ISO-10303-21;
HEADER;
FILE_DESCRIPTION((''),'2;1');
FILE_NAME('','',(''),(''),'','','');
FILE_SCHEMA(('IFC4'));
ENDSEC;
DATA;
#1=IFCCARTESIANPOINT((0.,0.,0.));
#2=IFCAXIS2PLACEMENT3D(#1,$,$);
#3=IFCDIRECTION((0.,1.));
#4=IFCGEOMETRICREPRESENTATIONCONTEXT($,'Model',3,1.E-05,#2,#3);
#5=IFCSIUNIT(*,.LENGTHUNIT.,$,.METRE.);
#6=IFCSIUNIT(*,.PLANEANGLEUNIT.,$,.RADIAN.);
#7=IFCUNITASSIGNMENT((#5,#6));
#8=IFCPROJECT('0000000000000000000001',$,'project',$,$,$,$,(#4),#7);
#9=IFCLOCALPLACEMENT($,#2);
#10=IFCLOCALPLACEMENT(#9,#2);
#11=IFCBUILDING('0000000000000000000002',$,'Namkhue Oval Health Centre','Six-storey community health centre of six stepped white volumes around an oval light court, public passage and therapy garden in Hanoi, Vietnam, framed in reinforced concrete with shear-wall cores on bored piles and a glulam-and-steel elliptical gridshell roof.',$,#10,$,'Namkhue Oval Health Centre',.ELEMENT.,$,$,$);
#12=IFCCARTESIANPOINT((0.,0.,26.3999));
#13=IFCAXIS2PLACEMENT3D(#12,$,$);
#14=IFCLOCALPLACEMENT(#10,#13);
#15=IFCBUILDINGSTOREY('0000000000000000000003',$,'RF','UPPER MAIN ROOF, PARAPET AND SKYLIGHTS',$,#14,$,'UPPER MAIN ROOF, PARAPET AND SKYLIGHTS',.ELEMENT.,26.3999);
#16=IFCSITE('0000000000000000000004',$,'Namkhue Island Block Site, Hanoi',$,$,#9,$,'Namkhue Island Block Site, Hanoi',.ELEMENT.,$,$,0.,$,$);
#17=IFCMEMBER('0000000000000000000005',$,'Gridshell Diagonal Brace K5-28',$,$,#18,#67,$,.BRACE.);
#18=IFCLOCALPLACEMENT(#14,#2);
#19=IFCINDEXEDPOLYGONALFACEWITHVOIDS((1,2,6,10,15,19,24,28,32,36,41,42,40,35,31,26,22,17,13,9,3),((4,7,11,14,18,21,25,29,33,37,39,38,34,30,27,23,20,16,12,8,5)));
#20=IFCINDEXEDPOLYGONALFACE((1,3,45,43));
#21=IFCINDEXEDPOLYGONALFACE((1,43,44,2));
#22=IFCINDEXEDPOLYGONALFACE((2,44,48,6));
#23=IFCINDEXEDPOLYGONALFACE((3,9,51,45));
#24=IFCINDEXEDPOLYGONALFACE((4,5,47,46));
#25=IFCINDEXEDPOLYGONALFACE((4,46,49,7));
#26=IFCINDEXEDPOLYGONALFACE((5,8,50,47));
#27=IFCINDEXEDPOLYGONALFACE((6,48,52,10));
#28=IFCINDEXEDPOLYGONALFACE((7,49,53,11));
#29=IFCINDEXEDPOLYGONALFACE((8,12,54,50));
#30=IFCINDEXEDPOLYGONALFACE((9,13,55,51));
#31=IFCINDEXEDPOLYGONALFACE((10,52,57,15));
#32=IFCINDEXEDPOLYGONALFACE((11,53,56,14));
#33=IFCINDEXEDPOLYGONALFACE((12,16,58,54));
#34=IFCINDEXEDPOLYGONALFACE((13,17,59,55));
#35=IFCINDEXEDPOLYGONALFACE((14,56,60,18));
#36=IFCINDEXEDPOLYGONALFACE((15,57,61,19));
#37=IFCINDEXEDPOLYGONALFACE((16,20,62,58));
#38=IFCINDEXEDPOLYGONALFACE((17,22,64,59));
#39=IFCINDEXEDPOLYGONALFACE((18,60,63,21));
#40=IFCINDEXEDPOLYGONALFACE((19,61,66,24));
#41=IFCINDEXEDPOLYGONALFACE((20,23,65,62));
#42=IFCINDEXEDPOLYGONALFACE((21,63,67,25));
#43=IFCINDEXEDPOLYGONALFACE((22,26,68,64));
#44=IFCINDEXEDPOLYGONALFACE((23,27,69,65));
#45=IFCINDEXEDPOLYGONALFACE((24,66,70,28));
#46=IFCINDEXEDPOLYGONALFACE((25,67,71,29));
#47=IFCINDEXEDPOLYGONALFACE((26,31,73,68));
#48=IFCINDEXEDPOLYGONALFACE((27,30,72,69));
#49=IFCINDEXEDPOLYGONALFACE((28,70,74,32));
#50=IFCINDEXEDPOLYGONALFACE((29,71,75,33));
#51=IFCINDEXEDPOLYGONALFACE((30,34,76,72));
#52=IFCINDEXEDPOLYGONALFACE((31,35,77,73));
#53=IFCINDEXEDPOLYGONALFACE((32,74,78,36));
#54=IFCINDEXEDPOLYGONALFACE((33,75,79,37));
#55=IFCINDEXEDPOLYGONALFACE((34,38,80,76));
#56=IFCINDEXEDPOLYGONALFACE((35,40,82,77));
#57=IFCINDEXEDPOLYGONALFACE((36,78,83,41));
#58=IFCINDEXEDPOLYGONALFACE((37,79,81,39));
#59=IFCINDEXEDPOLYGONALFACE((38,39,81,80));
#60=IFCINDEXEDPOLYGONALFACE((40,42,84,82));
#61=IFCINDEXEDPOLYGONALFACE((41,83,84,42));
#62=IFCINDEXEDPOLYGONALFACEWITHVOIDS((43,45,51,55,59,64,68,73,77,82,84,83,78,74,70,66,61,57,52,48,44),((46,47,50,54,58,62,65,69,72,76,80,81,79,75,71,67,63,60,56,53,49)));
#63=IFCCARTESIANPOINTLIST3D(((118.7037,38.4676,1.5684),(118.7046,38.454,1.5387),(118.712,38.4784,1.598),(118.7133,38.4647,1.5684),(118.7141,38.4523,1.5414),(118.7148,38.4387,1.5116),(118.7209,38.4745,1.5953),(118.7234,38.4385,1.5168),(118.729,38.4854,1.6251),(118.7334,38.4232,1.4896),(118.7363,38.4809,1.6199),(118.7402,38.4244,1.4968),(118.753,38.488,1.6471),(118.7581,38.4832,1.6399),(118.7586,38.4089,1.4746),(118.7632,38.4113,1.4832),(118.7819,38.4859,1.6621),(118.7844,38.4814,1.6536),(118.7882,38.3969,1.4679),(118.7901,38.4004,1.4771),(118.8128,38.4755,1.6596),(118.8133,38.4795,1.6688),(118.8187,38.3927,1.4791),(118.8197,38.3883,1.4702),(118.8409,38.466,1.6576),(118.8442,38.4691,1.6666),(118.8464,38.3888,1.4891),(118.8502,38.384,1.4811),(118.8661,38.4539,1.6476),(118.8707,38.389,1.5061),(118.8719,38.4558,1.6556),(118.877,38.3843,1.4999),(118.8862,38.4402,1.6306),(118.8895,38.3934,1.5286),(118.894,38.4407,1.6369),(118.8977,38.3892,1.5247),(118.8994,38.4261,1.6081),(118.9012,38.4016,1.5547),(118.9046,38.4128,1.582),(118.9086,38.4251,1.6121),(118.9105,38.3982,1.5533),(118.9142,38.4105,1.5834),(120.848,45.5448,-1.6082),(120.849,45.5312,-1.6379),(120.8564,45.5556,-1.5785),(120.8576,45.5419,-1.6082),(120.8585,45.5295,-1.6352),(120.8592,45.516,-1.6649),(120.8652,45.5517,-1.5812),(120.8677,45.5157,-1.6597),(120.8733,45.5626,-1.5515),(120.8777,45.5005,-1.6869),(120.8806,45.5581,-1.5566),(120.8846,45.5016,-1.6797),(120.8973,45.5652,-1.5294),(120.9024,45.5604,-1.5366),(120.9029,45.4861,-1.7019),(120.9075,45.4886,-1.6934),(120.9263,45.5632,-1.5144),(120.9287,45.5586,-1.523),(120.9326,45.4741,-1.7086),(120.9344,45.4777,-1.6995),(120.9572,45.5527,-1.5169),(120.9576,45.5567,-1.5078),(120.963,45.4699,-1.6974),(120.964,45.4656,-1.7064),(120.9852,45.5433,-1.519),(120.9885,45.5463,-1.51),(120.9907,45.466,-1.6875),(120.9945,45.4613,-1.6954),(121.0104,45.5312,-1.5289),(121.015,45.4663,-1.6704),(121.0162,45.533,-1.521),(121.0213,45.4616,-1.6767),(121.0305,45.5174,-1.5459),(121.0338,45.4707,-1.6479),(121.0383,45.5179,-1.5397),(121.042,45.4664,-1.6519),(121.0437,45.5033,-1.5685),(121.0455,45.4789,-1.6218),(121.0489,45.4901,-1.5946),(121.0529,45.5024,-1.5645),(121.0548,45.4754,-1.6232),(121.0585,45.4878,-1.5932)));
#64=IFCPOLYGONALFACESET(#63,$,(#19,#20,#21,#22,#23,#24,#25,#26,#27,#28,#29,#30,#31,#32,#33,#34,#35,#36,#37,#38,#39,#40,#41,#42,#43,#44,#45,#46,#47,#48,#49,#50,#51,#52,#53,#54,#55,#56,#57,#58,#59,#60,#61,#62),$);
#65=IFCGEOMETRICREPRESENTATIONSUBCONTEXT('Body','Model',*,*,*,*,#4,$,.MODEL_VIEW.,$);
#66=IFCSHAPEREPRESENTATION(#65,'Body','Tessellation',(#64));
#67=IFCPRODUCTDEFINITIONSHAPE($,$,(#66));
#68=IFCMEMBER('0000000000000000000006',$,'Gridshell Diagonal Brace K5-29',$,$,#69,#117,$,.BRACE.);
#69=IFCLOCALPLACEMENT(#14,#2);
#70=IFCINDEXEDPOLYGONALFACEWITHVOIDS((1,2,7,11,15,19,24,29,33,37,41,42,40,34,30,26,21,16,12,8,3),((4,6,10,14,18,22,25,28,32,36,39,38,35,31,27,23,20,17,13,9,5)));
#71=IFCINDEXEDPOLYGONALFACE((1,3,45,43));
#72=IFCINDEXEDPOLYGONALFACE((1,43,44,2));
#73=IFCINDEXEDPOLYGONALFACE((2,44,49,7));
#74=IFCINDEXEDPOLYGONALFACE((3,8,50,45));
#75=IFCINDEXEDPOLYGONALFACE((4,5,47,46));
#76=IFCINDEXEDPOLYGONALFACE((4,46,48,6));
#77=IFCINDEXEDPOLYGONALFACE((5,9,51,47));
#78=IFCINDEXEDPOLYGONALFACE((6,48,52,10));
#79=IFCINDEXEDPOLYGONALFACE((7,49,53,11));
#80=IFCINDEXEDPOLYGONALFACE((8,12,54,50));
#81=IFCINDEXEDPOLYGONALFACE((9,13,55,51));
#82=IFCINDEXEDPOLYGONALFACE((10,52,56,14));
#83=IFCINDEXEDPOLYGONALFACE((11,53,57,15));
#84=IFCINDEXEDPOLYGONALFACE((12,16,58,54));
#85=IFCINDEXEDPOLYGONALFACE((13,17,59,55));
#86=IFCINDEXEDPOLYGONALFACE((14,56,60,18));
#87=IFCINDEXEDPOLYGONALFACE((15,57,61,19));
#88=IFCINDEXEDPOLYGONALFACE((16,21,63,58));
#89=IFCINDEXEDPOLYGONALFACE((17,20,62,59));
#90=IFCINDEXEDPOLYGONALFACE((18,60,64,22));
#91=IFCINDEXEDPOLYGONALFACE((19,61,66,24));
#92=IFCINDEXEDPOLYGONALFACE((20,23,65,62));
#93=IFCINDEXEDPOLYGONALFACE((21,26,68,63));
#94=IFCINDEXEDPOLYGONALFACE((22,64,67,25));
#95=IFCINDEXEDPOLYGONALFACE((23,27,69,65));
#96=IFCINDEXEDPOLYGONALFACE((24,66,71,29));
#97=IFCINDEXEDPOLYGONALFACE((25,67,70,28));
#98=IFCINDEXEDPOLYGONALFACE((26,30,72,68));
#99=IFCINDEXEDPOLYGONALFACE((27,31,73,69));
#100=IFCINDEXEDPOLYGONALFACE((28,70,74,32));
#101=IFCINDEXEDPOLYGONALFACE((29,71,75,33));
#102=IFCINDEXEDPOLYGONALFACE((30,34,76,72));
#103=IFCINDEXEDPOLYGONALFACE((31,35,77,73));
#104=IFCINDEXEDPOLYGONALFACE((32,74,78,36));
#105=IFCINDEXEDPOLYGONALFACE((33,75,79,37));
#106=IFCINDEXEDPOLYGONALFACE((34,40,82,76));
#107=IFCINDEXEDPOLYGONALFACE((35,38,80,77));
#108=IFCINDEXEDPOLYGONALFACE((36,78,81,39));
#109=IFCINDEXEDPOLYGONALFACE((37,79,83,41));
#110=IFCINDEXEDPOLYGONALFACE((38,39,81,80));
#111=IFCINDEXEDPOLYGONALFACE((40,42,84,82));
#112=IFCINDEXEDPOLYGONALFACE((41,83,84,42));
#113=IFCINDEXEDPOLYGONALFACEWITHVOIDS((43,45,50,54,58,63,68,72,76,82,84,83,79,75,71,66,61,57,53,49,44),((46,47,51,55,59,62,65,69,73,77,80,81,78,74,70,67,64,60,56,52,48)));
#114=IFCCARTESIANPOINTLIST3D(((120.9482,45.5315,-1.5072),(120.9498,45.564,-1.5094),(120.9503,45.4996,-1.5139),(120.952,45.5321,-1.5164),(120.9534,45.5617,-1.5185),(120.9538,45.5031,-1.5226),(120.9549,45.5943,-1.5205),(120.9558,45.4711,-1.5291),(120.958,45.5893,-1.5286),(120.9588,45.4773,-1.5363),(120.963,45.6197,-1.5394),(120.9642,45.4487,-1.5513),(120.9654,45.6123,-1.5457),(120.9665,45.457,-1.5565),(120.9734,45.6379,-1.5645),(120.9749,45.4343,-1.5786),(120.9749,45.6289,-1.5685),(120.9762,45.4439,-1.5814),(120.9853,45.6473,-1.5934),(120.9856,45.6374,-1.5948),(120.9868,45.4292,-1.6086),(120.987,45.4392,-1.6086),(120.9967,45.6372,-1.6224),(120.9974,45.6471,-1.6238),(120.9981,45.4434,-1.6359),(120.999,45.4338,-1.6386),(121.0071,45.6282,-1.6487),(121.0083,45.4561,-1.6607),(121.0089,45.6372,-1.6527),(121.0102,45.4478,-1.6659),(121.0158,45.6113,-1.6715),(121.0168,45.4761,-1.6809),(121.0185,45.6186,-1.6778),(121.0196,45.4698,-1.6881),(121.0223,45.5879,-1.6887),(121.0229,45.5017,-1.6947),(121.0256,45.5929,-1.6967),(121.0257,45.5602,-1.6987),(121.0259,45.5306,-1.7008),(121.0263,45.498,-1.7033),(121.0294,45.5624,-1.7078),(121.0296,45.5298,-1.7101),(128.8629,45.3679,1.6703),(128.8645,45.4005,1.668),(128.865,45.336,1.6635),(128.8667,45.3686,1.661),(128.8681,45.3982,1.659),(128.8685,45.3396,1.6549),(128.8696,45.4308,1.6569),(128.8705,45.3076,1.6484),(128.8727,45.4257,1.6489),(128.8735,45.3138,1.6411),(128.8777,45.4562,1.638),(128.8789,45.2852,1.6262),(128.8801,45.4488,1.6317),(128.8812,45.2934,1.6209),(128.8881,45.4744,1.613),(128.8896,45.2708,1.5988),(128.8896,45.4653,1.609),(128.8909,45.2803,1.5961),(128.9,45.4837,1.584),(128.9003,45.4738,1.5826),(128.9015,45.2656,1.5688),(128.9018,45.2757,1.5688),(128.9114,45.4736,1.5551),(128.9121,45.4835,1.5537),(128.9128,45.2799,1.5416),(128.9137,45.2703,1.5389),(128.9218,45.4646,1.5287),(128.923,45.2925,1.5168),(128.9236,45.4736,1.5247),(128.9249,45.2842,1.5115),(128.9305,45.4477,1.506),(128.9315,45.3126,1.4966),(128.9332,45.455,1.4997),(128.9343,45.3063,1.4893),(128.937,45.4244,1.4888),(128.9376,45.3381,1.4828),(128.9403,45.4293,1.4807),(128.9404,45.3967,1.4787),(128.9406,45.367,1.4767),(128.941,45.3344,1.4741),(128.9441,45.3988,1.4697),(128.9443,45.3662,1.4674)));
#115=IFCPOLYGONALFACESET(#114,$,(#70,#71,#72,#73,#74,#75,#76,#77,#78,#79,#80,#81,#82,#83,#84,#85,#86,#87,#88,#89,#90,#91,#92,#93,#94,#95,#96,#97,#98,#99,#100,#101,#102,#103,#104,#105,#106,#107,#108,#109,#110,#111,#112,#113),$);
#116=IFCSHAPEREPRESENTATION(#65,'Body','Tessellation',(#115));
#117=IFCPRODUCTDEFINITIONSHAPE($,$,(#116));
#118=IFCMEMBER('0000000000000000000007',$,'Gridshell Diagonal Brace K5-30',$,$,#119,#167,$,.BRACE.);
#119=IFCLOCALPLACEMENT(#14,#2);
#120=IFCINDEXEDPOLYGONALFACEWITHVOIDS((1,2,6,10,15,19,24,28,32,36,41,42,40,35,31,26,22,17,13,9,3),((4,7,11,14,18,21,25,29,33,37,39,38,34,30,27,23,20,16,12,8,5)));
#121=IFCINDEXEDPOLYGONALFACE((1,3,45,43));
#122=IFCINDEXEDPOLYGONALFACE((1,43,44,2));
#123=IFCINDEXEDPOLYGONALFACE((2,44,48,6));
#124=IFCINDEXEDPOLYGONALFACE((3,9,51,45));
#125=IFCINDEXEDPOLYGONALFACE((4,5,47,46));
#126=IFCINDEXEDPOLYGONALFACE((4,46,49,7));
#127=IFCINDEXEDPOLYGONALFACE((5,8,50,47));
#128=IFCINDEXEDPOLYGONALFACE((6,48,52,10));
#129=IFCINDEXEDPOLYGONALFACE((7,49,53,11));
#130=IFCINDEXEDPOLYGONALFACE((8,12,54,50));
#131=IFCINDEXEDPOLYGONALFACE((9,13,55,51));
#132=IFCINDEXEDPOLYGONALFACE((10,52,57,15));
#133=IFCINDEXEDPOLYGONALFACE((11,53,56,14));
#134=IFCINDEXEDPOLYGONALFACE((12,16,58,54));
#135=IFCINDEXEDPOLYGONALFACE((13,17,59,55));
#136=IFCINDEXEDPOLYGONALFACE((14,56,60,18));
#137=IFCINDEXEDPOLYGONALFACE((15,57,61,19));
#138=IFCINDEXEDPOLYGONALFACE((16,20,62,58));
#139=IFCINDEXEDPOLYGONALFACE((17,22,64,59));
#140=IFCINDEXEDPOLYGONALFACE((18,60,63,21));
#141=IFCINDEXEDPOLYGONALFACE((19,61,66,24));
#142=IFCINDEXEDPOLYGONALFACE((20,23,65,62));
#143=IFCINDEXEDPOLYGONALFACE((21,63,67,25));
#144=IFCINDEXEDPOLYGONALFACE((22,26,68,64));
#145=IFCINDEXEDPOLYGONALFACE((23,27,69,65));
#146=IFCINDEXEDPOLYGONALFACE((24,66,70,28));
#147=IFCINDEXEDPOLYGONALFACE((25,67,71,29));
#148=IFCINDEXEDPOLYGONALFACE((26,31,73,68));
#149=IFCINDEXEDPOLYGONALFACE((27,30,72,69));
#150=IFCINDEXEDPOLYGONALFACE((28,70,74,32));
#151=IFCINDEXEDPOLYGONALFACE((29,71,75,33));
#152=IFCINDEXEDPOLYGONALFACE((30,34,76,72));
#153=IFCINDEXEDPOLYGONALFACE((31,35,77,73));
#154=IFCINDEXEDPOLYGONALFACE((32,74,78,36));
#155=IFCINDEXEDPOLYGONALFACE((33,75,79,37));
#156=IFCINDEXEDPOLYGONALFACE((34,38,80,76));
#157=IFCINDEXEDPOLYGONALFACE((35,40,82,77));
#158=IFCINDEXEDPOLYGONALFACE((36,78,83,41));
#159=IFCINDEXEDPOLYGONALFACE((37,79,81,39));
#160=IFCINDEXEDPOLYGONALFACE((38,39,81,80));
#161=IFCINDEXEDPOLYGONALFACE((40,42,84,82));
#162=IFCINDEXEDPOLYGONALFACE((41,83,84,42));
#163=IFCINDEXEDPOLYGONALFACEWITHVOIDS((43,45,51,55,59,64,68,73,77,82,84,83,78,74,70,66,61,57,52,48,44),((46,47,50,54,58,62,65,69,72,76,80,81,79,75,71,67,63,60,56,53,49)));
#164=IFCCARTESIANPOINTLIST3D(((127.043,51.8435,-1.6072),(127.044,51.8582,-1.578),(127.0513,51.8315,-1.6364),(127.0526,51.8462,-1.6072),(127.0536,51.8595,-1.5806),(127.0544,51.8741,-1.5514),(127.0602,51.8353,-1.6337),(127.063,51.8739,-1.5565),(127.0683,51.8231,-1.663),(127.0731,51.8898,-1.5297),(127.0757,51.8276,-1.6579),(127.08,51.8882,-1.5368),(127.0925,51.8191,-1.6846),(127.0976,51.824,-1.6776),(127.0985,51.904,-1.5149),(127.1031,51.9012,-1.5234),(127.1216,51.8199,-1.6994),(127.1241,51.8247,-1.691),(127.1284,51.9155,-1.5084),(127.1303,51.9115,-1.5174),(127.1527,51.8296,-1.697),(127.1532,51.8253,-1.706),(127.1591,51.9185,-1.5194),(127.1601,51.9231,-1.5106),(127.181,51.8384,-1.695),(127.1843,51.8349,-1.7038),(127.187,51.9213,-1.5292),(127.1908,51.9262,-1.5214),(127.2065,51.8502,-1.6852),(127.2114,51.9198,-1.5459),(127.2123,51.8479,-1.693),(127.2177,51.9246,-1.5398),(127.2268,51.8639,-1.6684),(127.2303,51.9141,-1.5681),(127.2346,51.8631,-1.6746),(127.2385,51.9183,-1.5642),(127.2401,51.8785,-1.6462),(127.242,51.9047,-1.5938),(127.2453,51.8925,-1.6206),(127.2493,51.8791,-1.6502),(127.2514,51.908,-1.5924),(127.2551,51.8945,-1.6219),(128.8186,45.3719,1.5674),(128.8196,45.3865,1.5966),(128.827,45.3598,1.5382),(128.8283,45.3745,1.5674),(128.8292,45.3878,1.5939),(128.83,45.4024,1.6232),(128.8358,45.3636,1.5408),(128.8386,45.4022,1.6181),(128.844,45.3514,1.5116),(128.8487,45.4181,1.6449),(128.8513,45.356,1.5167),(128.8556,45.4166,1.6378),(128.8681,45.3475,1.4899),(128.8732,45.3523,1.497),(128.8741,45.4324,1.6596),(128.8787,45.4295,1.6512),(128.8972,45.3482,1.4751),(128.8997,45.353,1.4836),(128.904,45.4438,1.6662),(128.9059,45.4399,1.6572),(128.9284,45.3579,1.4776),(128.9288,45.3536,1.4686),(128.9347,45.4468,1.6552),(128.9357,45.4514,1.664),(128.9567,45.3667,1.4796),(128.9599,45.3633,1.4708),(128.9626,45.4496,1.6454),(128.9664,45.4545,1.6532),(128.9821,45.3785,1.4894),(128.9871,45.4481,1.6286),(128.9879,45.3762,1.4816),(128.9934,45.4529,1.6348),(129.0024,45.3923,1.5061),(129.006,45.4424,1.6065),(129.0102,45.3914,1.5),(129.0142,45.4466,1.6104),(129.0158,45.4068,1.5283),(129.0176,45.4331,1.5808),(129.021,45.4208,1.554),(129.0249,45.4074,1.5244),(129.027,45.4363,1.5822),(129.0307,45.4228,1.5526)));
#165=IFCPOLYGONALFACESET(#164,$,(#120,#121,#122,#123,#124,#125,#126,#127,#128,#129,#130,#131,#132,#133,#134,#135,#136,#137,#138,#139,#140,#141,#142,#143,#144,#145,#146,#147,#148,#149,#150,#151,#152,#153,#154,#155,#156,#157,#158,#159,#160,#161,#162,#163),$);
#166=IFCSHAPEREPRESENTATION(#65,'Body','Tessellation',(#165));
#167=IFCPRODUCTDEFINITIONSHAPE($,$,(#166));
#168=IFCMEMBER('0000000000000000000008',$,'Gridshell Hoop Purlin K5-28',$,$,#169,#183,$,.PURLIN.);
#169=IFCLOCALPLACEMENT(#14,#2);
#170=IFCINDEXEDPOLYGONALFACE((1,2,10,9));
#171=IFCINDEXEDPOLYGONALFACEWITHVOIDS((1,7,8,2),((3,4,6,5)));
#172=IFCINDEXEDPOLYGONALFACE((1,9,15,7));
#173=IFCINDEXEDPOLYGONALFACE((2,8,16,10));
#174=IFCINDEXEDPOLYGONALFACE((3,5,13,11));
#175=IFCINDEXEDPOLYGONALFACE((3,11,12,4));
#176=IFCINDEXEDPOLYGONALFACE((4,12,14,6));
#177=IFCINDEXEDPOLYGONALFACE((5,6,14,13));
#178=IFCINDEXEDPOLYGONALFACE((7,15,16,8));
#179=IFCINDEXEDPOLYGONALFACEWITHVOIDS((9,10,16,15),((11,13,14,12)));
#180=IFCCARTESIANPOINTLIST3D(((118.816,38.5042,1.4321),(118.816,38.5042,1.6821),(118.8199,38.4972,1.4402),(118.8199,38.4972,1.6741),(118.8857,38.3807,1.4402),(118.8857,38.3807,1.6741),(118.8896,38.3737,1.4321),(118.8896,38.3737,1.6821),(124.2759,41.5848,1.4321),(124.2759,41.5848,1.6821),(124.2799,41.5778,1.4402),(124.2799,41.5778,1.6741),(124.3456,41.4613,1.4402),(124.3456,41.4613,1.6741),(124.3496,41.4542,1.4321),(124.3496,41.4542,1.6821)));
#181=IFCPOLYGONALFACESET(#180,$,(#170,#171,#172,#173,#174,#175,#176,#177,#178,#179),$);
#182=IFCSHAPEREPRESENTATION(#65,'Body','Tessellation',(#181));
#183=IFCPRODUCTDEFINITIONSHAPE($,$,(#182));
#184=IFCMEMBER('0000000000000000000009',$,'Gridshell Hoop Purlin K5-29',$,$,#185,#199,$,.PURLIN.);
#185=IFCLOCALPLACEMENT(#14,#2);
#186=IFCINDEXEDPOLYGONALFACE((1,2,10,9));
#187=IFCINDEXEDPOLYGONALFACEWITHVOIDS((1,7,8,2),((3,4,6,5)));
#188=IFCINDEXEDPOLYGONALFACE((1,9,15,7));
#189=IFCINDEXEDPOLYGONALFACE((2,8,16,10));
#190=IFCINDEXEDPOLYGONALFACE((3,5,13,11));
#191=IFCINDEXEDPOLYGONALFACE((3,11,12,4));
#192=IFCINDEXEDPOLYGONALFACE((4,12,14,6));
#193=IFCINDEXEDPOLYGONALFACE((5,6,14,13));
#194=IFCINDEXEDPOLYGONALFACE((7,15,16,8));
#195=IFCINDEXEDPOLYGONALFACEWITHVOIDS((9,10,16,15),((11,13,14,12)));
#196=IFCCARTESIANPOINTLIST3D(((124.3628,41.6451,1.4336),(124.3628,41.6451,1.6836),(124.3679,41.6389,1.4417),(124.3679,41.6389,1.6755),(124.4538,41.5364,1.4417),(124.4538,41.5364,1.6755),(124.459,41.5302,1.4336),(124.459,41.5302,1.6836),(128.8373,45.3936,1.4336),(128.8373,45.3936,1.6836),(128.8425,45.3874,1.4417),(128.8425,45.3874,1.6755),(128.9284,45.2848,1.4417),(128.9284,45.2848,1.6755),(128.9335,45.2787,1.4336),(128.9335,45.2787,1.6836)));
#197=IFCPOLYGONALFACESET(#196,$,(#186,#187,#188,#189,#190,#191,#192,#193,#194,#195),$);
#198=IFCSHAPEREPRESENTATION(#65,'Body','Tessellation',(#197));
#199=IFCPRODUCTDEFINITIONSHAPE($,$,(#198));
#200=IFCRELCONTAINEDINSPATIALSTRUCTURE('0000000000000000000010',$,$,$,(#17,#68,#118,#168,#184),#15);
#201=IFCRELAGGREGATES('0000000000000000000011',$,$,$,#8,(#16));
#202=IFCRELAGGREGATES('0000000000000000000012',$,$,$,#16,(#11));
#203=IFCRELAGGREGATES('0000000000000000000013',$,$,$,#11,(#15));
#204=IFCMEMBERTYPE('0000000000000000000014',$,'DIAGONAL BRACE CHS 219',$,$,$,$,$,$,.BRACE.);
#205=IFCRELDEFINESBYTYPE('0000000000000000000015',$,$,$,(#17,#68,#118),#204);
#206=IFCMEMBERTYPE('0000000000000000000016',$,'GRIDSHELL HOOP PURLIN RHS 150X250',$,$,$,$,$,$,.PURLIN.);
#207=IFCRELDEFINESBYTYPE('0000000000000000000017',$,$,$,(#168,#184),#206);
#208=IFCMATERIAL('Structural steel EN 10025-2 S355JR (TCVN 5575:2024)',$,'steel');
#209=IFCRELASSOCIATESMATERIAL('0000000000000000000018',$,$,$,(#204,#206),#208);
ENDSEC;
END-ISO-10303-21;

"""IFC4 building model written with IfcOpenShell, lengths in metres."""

from ifc_helpers import new_model, si_unit, direction, frame, origin, origin_2d, place, context, subcontext, project, spatial, hollow_rectangle, hollow_circle, extrude, material, material_profile, profile_set, type_object, element, save


model = new_model("IFC4")

# Units and contexts
model_context = context("Model", 3, precision=1e-05, world=origin(), true_north=direction((0.0, 1.0)))
body_context = subcontext(model_context, "Body", "Model", "MODEL_VIEW")
ifc_project = project(units=[si_unit("LENGTHUNIT", "METRE"), si_unit("PLANEANGLEUNIT", "RADIAN")], contexts=[model_context])

# Site, building, storey
site_placement = place(None, origin())
site = spatial("IfcSite", under=ifc_project, at=site_placement, Name="Namkhue Island Block Site, Hanoi", LongName="Namkhue Island Block Site, Hanoi", CompositionType="ELEMENT", RefElevation=0.0)
building_placement = place(site_placement, origin())
building = spatial("IfcBuilding", under=site, at=building_placement, Name="Namkhue Oval Health Centre", Description="Six-storey community health centre of six stepped white volumes around an oval light court, public passage and therapy garden in Hanoi, Vietnam, framed in reinforced concrete with shear-wall cores on bored piles and a glulam-and-steel elliptical gridshell roof.", LongName="Namkhue Oval Health Centre", CompositionType="ELEMENT")
storey_placement = place(building_placement, frame((0.0, 0.0, 26.3999)))
storey = spatial("IfcBuildingStorey", under=building, at=storey_placement, Name="RF", Description="UPPER MAIN ROOF, PARAPET AND SKYLIGHTS", LongName="UPPER MAIN ROOF, PARAPET AND SKYLIGHTS", CompositionType="ELEMENT", Elevation=26.3999)

# Members
ifc_material_1 = material(Name="Structural steel EN 10025-2 S355JR (TCVN 5575:2024)", Category="steel")
ifc_material_profile_1 = material_profile(ifc_material_1, hollow_circle(Radius=0.1096, WallThickness=0.01, at=origin_2d()), Name="CHS 219.1x10")
ifc_profile_set_1 = profile_set([ifc_material_profile_1], Name="Structural steel EN 10025-2 S355JR (TCVN 5575:2024)")
member_type_1 = type_object("IfcMemberType", Name="DIAGONAL BRACE CHS 219", PredefinedType="BRACE", material=ifc_profile_set_1)
member_1_placement = place(storey_placement, frame((118.8086, 38.4358, 1.5684), z_axis=(0.266429, 0.879341, -0.394684), x_axis=(-0.957036, 0.28997, 0.0)))
element("IfcMember", 1, at=member_1_placement, inside=storey, type_object=member_type_1, Name="Gridshell Diagonal Brace K5-28", PredefinedType="BRACE", context=body_context, shape_type="SweptSolid", body=[
    extrude(hollow_circle(Radius=0.1096, WallThickness=0.01, at=origin_2d()), origin(), (0.0, 0.0, 1.0), 8.0483),
])
member_2_placement = place(storey_placement, frame((128.9038, 45.3752, 1.5688), z_axis=(-0.927837, 0.019176, -0.372492), x_axis=(-0.020662, -0.999787, 0.0)))
element("IfcMember", 2, at=member_2_placement, inside=storey, type_object=member_type_1, Name="Gridshell Diagonal Brace K5-29", PredefinedType="BRACE", context=body_context, shape_type="SweptSolid", body=[
    extrude(hollow_circle(Radius=0.1096, WallThickness=0.01, at=origin_2d()), origin(), (0.0, 0.0, 1.0), 8.5303),
])
member_3_placement = place(storey_placement, frame((128.9243, 45.4009, 1.5674), z_axis=(-0.23918, 0.871743, -0.427617), x_axis=(-0.964361, -0.264592, 0.0)))
element("IfcMember", 3, at=member_3_placement, inside=storey, type_object=member_type_1, Name="Gridshell Diagonal Brace K5-30", PredefinedType="BRACE", context=body_context, shape_type="SweptSolid", body=[
    extrude(hollow_circle(Radius=0.1096, WallThickness=0.01, at=origin_2d()), origin(), (0.0, 0.0, 1.0), 7.4238),
])
ifc_material_profile_2 = material_profile(ifc_material_1, hollow_rectangle(XDim=0.1499, YDim=0.25, WallThickness=0.0081, at=origin_2d()), Name="RHS 150x250x8")
ifc_profile_set_2 = profile_set([ifc_material_profile_2], Name="Structural steel EN 10025-2 S355JR (TCVN 5575:2024)")
member_type_2 = type_object("IfcMemberType", Name="GRIDSHELL HOOP PURLIN RHS 150X250", PredefinedType="PURLIN", material=ifc_profile_set_2)
member_4_placement = place(storey_placement, frame((118.8528, 38.439, 1.5571), z_axis=(0.870938, 0.491392, 0.0), x_axis=(-0.491392, 0.870938, 0.0)))
element("IfcMember", 4, at=member_4_placement, inside=storey, type_object=member_type_2, Name="Gridshell Hoop Purlin K5-28", PredefinedType="PURLIN", context=body_context, shape_type="SweptSolid", body=[
    extrude(hollow_rectangle(XDim=0.1499, YDim=0.25, WallThickness=0.0081, at=origin_2d()), origin(), (0.0, 0.0, 1.0), 6.269),
])
member_5_placement = place(storey_placement, frame((124.4109, 41.5876, 1.5586), z_axis=(0.766559, 0.642173, 0.0), x_axis=(-0.642173, 0.766559, 0.0)))
element("IfcMember", 5, at=member_5_placement, inside=storey, type_object=member_type_2, Name="Gridshell Hoop Purlin K5-29", PredefinedType="PURLIN", context=body_context, shape_type="SweptSolid", body=[
    extrude(hollow_rectangle(XDim=0.1499, YDim=0.25, WallThickness=0.0081, at=origin_2d()), origin(), (0.0, 0.0, 1.0), 5.8372),
])

save(model, "model.ifc")
